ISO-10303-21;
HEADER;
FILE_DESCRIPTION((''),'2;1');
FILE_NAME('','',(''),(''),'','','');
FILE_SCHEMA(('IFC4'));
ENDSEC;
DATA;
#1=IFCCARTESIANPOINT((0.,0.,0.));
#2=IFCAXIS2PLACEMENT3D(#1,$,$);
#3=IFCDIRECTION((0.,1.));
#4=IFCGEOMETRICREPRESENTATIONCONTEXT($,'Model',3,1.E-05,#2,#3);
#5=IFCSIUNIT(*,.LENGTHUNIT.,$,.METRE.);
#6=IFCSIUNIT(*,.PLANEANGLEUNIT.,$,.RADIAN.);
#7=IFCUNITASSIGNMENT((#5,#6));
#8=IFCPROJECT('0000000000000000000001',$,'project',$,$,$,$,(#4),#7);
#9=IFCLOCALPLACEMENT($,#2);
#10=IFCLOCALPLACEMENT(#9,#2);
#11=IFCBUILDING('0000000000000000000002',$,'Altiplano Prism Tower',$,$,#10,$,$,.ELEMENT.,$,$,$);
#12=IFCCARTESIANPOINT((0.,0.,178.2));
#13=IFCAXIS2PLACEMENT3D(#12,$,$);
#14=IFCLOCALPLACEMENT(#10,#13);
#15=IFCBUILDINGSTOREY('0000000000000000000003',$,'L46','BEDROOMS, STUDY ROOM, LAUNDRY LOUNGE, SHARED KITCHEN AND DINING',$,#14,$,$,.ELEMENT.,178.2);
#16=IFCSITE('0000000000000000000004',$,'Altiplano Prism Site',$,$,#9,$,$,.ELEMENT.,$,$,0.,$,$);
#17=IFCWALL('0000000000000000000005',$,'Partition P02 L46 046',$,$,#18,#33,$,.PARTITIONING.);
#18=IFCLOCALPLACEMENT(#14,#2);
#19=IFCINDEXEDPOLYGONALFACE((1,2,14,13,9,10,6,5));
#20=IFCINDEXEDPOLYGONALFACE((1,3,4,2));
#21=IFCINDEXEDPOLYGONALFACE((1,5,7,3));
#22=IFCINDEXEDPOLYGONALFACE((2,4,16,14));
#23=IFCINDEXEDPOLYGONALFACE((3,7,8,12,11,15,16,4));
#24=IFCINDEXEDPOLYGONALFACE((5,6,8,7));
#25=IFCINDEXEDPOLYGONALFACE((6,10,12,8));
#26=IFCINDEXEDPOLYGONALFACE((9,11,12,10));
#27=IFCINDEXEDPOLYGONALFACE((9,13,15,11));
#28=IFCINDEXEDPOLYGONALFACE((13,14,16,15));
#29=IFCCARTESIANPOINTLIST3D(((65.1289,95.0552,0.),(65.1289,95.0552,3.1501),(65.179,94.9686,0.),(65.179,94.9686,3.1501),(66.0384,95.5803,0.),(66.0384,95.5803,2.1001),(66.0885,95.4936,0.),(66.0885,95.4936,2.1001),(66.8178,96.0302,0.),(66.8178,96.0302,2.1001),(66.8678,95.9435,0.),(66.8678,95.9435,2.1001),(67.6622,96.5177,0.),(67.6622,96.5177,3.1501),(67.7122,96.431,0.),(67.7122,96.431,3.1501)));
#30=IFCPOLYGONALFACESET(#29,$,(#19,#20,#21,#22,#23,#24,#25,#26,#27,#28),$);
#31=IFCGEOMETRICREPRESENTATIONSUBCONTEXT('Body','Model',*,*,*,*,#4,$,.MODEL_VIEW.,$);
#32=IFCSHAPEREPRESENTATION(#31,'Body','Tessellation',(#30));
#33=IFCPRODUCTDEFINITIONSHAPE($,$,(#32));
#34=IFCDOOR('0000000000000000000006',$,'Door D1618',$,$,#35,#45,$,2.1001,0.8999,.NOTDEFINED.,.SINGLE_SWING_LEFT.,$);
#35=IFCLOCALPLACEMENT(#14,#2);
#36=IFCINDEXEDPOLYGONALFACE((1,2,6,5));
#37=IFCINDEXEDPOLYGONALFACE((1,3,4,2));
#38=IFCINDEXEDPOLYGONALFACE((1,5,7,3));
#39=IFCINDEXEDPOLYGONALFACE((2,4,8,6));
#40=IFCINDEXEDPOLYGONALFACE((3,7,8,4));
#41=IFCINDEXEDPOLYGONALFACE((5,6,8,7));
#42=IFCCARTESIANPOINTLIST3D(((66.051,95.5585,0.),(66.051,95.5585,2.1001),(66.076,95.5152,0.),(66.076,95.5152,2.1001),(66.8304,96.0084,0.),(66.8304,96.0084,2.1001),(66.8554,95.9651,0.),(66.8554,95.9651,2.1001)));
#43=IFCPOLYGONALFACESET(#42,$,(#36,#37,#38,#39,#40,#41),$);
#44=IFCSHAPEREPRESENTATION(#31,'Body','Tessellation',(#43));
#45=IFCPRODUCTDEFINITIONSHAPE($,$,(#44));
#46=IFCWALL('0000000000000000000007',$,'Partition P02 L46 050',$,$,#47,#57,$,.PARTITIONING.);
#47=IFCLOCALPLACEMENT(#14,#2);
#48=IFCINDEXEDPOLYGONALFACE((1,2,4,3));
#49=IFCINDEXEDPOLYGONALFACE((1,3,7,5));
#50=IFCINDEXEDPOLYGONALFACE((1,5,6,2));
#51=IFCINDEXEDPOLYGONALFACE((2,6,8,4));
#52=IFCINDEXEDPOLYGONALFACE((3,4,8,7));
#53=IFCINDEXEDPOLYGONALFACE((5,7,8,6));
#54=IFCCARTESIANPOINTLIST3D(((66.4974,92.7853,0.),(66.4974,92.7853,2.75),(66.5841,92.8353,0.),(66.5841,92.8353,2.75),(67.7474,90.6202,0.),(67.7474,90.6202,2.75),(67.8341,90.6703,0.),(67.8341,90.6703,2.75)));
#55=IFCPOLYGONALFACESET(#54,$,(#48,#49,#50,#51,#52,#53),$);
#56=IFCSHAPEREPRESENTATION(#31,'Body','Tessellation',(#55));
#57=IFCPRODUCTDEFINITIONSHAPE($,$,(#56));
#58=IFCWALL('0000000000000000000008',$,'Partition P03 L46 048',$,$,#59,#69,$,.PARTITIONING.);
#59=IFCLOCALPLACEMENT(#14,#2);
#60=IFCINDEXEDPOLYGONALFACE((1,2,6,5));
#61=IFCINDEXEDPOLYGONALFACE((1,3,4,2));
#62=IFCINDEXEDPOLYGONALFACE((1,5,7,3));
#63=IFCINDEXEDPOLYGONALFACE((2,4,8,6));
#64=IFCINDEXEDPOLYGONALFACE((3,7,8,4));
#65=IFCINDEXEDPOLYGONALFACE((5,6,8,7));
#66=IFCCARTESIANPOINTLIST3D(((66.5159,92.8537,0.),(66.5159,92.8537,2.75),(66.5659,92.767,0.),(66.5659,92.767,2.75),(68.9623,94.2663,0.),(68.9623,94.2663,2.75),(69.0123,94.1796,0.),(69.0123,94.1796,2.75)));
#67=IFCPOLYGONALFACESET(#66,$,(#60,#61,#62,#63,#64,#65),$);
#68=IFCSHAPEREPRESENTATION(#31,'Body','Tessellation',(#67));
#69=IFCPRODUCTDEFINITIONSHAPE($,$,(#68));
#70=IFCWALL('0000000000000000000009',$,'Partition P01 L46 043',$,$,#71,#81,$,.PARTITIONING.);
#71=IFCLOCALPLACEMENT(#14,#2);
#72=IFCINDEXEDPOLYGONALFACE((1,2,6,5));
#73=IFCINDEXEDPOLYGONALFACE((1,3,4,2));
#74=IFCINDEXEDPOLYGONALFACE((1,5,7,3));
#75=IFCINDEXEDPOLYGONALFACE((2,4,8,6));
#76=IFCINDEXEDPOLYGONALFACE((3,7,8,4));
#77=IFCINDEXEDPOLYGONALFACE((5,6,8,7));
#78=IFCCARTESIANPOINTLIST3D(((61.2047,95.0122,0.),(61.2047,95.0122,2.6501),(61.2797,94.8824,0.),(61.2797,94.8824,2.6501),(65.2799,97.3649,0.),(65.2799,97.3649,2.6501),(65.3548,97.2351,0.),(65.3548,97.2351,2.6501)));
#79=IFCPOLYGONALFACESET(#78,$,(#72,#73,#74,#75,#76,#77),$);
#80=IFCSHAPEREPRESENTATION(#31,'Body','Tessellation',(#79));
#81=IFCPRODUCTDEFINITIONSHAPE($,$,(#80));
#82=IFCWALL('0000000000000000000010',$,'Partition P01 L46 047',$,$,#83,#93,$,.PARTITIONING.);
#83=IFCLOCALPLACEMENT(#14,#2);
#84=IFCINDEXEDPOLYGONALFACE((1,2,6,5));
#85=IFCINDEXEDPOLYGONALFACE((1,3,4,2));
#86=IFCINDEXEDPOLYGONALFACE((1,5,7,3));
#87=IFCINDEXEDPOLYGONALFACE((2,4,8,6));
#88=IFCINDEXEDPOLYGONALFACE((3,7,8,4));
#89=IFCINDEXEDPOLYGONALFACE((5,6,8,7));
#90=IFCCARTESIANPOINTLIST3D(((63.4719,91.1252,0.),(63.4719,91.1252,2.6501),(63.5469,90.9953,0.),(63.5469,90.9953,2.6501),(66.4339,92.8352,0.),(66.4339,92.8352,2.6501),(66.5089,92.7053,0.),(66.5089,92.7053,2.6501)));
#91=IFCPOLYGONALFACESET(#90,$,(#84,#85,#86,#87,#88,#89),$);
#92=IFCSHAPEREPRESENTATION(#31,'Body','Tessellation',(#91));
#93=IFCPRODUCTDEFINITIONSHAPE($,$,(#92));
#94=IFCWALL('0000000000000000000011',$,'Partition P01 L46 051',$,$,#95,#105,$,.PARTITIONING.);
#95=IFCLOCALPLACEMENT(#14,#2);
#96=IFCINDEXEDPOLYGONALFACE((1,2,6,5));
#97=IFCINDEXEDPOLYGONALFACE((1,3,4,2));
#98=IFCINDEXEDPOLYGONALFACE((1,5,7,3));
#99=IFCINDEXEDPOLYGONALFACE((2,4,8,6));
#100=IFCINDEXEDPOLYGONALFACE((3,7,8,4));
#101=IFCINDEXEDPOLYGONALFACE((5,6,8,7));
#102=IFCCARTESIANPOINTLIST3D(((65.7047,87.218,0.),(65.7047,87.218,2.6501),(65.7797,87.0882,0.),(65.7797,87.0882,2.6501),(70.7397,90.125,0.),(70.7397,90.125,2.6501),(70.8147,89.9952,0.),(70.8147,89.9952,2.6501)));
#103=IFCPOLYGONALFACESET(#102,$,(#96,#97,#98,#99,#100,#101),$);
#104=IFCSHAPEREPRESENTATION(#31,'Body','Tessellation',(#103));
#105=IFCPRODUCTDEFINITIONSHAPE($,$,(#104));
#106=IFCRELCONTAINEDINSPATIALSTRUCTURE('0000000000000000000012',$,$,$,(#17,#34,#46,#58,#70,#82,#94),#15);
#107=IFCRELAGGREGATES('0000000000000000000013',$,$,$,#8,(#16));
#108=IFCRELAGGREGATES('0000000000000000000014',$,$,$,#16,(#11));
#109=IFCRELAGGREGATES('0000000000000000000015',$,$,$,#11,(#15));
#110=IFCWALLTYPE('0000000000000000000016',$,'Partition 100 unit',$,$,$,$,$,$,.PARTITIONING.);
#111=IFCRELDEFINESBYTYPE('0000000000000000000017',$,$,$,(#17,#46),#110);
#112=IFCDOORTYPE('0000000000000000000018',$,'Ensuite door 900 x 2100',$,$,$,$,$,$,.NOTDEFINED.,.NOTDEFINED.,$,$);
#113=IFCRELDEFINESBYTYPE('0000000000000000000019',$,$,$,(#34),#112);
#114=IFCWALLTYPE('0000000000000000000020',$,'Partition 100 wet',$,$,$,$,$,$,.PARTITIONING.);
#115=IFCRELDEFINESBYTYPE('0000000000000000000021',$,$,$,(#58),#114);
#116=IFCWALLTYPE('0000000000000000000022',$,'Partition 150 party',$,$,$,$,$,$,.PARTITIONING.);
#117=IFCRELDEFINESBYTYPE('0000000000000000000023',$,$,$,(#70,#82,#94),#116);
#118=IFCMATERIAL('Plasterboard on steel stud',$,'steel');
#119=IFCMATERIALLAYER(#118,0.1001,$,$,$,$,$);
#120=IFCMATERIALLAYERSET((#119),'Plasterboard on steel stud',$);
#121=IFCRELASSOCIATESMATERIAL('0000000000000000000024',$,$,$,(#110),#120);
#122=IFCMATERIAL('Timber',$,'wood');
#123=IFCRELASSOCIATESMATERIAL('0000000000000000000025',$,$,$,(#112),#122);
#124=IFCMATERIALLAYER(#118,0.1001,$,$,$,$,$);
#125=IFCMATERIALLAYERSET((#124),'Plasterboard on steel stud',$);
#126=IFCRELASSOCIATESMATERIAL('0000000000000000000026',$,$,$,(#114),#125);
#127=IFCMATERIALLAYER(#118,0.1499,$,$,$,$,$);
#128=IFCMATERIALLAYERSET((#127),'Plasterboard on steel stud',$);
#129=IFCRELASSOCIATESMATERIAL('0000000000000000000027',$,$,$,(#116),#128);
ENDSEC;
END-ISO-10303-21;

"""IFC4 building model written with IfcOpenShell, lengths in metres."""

from ifc_helpers import new_model, si_unit, direction, frame, frame_2d, origin, place, context, subcontext, project, spatial, rectangle, extrude, material, layer, layer_set, type_object, element, fill, save


model = new_model("IFC4")

# Units and contexts
model_context = context("Model", 3, precision=1e-05, world=origin(), true_north=direction((0.0, 1.0)))
body_context = subcontext(model_context, "Body", "Model", "MODEL_VIEW")
ifc_project = project(units=[si_unit("LENGTHUNIT", "METRE"), si_unit("PLANEANGLEUNIT", "RADIAN")], contexts=[model_context])

# Site, building, storey
site_placement = place(None, origin())
site = spatial("IfcSite", under=ifc_project, at=site_placement, Name="Altiplano Prism Site", CompositionType="ELEMENT", RefElevation=0.0)
building_placement = place(site_placement, origin())
building = spatial("IfcBuilding", under=site, at=building_placement, Name="Altiplano Prism Tower", CompositionType="ELEMENT")
storey_placement = place(building_placement, frame((0.0, 0.0, 178.2)))
storey = spatial("IfcBuildingStorey", under=building, at=storey_placement, Name="L46", Description="BEDROOMS, STUDY ROOM, LAUNDRY LOUNGE, SHARED KITCHEN AND DINING", CompositionType="ELEMENT", Elevation=178.2)

# Shared definitions
ifc_material_1 = material(Name="Plasterboard on steel stud", Category="steel")
ifc_layer_1 = layer(ifc_material_1, 0.1001)
ifc_layer_set_1 = layer_set([ifc_layer_1], Name="Plasterboard on steel stud")
wall_type_1 = type_object("IfcWallType", Name="Partition 100 unit", PredefinedType="PARTITIONING", material=ifc_layer_set_1)

# Wall, opening, door
wall_1_placement = place(storey_placement, frame((65.1541, 95.012, 0.0), z_axis=(0.0, 0.0, 1.0), x_axis=(0.866047, 0.499963, 0.0)))
wall_1 = element("IfcWall", 1, at=wall_1_placement, inside=storey, type_object=wall_type_1, Name="Partition P02 L46 046", PredefinedType="PARTITIONING", context=body_context, shape_type="SweptSolid", body=[
    extrude(rectangle(XDim=2.925, YDim=0.1001, at=frame_2d((1.4624, 0.0))), origin(), (0.0, 0.0, 1.0), 3.1501),
])
opening_placement = place(wall_1_placement, frame((1.05, 0.0, 0.0)))
opening = element("IfcOpeningElement", 2, at=opening_placement, cuts=wall_1, PredefinedType="OPENING", context=body_context, shape_type="SweptSolid", body=[
    extrude(rectangle(XDim=0.8999, YDim=2.1001, at=frame_2d((0.45, 1.05))), frame((0.0, 0.0605, 0.0), z_axis=(0.0, -1.0, 0.0), x_axis=(1.0, 0.0, 0.0)), (0.0, 0.0, 1.0), 0.1211),
])
ifc_material_2 = material(Name="Timber", Category="wood")
door_type = type_object("IfcDoorType", Name="Ensuite door 900 x 2100", OperationType="NOTDEFINED", PredefinedType="NOTDEFINED", material=ifc_material_2)
door_placement = place(opening_placement, origin())
door = element("IfcDoor", 3, at=door_placement, inside=storey, type_object=door_type, Name="Door D1618", OperationType="SINGLE_SWING_LEFT", OverallHeight=2.1001, OverallWidth=0.8999, PredefinedType="NOTDEFINED", context=body_context, shape_type="SweptSolid", body=[
    extrude(rectangle(XDim=0.8999, YDim=2.1001, at=frame_2d((0.45, 1.05))), frame((0.0, 0.0249, 0.0), z_axis=(0.0, -1.0, 0.0), x_axis=(1.0, 0.0, 0.0)), (0.0, 0.0, 1.0), 0.05),
])
fill(opening, door)

# Walls
wall_2_placement = place(storey_placement, frame((67.7908, 90.6453, 0.0), z_axis=(0.0, 0.0, 1.0), x_axis=(-0.500004, 0.866023, 0.0)))
element("IfcWall", 4, at=wall_2_placement, inside=storey, type_object=wall_type_1, Name="Partition P02 L46 050", PredefinedType="PARTITIONING", context=body_context, shape_type="SweptSolid", body=[
    extrude(rectangle(XDim=2.5, YDim=0.1001, at=frame_2d((1.25, 0.0))), origin(), (0.0, 0.0, 1.0), 2.75),
])
ifc_layer_2 = layer(ifc_material_1, 0.1001)
ifc_layer_set_2 = layer_set([ifc_layer_2], Name="Plasterboard on steel stud")
wall_type_2 = type_object("IfcWallType", Name="Partition 100 wet", PredefinedType="PARTITIONING", material=ifc_layer_set_2)
wall_3_placement = place(storey_placement, frame((66.5408, 92.8103, 0.0), z_axis=(0.0, 0.0, 1.0), x_axis=(0.866011, 0.500024, 0.0)))
element("IfcWall", 5, at=wall_3_placement, inside=storey, type_object=wall_type_2, Name="Partition P03 L46 048", PredefinedType="PARTITIONING", context=body_context, shape_type="SweptSolid", body=[
    extrude(rectangle(XDim=2.825, YDim=0.1001, at=frame_2d((1.4126, 0.0))), origin(), (0.0, 0.0, 1.0), 2.75),
])
ifc_layer_3 = layer(ifc_material_1, 0.1499)
ifc_layer_set_3 = layer_set([ifc_layer_3], Name="Plasterboard on steel stud")
wall_type_3 = type_object("IfcWallType", Name="Partition 150 party", PredefinedType="PARTITIONING", material=ifc_layer_set_3)
wall_4_placement = place(storey_placement, frame((61.2422, 94.9473, 0.0), z_axis=(0.0, 0.0, 1.0), x_axis=(0.866028, 0.499995, 0.0)))
element("IfcWall", 6, at=wall_4_placement, inside=storey, type_object=wall_type_3, Name="Partition P01 L46 043", PredefinedType="PARTITIONING", context=body_context, shape_type="SweptSolid", body=[
    extrude(rectangle(XDim=4.7056, YDim=0.1499, at=frame_2d((2.3528, 0.0))), origin(), (0.0, 0.0, 1.0), 2.6501),
])
wall_5_placement = place(storey_placement, frame((63.5095, 91.0603, 0.0), z_axis=(0.0, 0.0, 1.0), x_axis=(0.866038, 0.499978, 0.0)))
element("IfcWall", 7, at=wall_5_placement, inside=storey, type_object=wall_type_3, Name="Partition P01 L46 047", PredefinedType="PARTITIONING", context=body_context, shape_type="SweptSolid", body=[
    extrude(rectangle(XDim=3.4202, YDim=0.1499, at=frame_2d((1.71, 0.0))), origin(), (0.0, 0.0, 1.0), 2.6501),
])
wall_6_placement = place(storey_placement, frame((65.7422, 87.1531, 0.0), z_axis=(0.0, 0.0, 1.0), x_axis=(0.86602, 0.50001, 0.0)))
element("IfcWall", 8, at=wall_6_placement, inside=storey, type_object=wall_type_3, Name="Partition P01 L46 051", PredefinedType="PARTITIONING", context=body_context, shape_type="SweptSolid", body=[
    extrude(rectangle(XDim=5.814, YDim=0.1499, at=frame_2d((2.907, 0.0))), origin(), (0.0, 0.0, 1.0), 2.6501),
])

save(model, "model.ifc")
